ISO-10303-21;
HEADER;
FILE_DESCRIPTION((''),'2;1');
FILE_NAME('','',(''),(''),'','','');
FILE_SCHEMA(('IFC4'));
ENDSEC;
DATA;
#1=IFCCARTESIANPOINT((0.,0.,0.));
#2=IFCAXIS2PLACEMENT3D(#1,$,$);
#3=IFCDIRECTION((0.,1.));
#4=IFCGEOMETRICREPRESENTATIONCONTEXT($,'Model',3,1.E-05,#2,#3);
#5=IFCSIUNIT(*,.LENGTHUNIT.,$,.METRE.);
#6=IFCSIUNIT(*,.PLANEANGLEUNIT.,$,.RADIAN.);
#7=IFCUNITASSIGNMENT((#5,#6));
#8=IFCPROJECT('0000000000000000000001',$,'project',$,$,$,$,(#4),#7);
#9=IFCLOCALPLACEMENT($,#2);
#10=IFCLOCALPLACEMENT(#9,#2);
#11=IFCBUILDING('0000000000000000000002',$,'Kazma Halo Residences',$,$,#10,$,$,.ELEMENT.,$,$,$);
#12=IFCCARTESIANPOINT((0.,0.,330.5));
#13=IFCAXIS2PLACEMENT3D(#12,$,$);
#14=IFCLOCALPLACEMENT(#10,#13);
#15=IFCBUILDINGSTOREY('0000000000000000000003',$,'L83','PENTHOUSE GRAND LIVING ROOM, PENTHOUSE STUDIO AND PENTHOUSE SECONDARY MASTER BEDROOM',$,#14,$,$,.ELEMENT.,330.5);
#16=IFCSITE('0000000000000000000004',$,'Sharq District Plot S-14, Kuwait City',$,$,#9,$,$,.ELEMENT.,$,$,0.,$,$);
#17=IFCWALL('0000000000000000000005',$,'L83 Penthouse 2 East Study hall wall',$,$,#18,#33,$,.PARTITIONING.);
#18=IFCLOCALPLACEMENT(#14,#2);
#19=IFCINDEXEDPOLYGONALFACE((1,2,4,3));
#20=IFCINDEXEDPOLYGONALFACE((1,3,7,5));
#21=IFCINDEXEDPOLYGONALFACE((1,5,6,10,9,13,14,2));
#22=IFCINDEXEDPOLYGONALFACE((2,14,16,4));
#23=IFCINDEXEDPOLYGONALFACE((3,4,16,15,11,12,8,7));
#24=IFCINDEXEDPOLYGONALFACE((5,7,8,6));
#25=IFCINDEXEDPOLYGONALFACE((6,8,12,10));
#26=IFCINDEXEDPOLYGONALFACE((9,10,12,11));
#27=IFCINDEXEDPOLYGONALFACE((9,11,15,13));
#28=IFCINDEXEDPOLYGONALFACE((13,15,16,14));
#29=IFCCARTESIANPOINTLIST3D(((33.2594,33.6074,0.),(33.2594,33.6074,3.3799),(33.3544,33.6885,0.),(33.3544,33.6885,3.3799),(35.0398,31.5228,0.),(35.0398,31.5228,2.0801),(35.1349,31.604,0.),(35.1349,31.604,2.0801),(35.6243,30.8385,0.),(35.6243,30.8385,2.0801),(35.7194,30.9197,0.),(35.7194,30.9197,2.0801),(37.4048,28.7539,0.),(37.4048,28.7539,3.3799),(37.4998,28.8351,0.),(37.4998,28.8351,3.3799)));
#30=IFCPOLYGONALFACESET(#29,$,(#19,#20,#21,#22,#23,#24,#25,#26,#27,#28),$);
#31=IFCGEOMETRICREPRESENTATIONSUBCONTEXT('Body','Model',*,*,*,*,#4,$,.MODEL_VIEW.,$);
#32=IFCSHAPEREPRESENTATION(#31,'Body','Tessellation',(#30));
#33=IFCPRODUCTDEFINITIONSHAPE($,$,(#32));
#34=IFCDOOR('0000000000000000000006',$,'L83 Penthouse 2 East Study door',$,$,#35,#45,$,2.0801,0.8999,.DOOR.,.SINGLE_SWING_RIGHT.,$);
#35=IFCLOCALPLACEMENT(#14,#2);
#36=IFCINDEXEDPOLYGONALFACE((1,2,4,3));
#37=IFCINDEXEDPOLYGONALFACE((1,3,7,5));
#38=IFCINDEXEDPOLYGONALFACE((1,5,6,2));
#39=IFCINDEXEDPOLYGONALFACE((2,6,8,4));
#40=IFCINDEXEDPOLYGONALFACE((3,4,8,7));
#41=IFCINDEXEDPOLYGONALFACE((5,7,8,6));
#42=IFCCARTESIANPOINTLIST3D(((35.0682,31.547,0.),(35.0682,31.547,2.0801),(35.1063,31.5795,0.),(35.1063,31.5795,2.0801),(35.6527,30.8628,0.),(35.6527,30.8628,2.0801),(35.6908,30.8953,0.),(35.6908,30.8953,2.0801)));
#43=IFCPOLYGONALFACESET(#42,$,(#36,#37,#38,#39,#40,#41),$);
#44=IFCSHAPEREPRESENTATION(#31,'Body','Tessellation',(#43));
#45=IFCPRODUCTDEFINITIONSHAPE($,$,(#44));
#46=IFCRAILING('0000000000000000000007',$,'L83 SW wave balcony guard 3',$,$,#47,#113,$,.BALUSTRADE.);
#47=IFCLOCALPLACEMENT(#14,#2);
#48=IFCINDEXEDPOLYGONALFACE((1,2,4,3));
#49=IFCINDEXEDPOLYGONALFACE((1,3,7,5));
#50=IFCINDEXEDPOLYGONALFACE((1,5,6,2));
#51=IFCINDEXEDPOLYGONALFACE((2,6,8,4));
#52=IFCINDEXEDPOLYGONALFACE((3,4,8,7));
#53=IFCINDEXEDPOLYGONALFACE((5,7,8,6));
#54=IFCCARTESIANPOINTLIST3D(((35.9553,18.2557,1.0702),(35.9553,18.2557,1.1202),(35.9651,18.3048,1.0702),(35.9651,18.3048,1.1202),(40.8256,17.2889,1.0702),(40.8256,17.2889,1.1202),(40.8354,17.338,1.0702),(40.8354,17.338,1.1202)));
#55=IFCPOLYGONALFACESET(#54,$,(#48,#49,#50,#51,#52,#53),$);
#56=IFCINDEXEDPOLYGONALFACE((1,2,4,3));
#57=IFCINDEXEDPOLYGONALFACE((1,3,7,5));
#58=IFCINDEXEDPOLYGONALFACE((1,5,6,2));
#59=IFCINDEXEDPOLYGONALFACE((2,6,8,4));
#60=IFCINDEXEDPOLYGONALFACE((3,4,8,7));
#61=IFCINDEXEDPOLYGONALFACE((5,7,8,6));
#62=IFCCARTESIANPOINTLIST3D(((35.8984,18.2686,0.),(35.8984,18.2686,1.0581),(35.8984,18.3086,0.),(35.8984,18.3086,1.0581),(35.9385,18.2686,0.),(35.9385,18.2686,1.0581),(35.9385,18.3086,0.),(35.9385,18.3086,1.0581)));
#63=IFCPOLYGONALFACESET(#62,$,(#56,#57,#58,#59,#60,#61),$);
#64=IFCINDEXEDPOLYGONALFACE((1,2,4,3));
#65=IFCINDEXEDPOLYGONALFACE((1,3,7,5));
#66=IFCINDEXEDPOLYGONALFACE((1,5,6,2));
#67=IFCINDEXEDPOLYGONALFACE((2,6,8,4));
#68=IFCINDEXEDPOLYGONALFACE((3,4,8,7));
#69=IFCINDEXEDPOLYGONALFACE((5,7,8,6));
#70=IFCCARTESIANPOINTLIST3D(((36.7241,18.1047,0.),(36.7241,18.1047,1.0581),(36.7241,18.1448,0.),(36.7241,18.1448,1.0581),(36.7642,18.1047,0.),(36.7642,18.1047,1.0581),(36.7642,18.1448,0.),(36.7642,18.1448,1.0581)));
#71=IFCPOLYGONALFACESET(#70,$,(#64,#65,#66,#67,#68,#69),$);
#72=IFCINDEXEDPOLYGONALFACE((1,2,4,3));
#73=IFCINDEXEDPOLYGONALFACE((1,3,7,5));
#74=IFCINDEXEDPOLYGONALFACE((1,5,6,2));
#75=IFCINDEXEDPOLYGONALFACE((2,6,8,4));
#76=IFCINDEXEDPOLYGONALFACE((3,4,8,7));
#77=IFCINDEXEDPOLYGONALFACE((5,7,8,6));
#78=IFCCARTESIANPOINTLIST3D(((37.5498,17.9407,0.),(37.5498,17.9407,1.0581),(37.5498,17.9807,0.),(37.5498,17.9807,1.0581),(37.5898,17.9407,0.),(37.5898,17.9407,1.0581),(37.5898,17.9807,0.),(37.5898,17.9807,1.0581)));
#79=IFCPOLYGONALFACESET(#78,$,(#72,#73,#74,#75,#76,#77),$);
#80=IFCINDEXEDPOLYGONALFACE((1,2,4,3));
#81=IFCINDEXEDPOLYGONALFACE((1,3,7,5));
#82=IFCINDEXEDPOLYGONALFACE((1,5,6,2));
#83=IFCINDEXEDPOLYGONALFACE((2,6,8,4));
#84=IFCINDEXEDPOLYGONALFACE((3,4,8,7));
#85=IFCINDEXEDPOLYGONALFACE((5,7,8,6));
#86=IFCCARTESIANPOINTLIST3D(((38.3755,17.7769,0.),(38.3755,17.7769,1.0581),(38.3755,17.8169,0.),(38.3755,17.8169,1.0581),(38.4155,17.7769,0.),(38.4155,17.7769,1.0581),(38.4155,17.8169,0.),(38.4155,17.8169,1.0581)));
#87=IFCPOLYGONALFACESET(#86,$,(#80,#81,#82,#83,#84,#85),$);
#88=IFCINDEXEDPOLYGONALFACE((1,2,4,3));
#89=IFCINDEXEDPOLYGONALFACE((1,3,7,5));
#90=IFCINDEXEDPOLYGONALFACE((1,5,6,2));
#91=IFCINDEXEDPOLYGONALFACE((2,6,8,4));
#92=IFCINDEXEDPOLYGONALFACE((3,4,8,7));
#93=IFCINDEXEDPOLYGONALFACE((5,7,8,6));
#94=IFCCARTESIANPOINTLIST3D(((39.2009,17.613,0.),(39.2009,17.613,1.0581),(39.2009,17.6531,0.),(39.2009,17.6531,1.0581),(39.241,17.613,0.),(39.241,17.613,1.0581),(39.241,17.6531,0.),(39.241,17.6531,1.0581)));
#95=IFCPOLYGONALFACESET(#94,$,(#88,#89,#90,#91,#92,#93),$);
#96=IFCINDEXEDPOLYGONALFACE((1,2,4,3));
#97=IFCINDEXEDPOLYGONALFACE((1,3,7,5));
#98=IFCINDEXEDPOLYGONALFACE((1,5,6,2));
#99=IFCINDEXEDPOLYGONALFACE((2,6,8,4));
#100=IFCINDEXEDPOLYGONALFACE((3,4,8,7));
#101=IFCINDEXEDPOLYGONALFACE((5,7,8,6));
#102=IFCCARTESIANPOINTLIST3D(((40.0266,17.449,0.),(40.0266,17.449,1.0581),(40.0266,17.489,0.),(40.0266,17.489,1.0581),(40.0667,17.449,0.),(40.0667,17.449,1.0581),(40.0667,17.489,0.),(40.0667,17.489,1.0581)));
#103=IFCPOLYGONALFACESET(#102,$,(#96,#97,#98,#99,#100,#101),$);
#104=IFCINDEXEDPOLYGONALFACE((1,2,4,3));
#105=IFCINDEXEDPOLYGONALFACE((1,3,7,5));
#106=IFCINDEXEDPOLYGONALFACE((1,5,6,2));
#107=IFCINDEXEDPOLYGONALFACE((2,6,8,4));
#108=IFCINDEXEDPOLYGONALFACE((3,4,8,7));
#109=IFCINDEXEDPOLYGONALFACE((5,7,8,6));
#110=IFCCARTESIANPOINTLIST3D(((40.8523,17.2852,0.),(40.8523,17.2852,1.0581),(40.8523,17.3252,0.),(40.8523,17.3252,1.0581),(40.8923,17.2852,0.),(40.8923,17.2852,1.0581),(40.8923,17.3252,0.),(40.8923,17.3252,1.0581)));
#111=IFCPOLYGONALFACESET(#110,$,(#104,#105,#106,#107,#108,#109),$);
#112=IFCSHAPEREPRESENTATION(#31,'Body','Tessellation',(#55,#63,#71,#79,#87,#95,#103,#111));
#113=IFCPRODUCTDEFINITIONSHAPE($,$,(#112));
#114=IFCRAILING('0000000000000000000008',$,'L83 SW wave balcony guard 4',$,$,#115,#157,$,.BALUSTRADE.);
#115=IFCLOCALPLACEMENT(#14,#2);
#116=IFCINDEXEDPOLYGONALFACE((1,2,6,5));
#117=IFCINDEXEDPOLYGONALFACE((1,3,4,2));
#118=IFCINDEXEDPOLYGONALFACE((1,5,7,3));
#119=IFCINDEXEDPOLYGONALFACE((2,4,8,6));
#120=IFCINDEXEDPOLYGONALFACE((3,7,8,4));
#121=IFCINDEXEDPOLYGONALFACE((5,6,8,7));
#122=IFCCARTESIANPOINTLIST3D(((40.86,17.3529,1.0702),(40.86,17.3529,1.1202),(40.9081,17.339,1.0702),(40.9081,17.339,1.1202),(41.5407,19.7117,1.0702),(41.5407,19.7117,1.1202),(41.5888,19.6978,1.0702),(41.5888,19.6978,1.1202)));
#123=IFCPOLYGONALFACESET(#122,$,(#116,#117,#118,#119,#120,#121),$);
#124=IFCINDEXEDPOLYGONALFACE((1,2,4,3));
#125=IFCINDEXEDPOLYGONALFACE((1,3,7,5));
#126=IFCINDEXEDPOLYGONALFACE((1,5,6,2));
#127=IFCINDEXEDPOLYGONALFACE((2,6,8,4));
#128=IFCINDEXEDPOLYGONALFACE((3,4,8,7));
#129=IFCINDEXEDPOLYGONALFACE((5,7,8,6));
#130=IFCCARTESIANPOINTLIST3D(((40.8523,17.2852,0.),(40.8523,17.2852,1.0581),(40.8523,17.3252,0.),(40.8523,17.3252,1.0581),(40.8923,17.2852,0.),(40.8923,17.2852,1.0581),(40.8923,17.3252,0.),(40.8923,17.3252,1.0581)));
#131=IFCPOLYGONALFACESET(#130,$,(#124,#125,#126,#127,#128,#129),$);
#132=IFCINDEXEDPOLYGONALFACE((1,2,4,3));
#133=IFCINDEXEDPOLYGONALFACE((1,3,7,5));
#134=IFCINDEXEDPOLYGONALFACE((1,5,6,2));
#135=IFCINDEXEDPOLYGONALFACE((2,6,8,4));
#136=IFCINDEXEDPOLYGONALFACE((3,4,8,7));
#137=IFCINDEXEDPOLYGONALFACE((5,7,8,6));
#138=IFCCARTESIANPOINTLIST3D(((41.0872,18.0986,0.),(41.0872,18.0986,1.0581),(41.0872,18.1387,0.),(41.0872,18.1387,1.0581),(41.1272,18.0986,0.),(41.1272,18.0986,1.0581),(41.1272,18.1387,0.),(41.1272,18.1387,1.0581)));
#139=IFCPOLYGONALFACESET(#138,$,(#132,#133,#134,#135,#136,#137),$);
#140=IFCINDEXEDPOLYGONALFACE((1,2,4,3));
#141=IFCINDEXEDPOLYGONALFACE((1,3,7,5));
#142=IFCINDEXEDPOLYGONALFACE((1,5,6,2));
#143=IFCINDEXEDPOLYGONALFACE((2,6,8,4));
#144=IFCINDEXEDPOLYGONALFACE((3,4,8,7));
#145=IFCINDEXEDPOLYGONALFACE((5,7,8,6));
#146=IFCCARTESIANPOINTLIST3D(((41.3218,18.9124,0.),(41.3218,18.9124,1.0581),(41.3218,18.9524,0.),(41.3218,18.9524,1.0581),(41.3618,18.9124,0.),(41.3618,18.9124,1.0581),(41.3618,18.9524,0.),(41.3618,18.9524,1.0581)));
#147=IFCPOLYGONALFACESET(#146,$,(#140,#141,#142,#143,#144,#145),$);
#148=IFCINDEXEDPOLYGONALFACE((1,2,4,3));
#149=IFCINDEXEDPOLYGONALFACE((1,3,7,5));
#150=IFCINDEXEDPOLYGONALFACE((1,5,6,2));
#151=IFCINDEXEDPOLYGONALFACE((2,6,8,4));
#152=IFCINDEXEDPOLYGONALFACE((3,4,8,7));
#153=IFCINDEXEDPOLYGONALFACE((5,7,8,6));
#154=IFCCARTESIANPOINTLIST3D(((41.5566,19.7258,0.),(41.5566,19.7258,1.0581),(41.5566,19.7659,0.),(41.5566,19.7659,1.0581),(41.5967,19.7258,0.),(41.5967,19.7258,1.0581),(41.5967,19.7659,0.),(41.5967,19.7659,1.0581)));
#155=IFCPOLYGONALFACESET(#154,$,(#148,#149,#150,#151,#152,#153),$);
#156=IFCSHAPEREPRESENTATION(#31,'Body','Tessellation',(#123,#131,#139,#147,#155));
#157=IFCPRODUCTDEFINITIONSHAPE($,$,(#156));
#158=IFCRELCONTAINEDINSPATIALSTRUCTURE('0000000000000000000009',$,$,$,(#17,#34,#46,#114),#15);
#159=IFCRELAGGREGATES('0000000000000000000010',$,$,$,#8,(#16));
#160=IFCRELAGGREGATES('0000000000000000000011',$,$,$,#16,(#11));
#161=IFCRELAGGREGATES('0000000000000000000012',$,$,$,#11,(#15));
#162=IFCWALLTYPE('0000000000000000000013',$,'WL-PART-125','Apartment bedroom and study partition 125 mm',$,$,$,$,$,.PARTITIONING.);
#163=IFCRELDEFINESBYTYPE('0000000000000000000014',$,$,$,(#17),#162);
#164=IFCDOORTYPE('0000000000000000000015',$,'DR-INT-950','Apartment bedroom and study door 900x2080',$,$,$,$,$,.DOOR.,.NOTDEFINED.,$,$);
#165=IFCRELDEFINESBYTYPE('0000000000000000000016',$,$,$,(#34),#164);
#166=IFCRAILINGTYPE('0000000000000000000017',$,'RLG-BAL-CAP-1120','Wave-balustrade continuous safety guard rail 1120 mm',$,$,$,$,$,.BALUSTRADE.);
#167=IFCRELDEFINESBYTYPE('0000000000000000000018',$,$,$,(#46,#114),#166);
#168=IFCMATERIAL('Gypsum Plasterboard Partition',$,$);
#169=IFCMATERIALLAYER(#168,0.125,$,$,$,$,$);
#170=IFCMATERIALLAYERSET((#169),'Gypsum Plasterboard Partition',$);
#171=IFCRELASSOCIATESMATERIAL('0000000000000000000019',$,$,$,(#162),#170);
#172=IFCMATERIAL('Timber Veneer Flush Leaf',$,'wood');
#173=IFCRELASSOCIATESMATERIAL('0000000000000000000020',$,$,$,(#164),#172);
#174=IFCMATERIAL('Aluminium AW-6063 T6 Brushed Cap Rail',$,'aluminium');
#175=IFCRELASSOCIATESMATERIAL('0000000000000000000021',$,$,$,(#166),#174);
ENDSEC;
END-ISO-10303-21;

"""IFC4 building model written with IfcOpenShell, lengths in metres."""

from ifc_helpers import new_model, si_unit, direction, frame, frame_2d, origin, origin_2d, place, context, subcontext, project, spatial, rectangle, extrude, material, layer, layer_set, type_object, element, fill, save


model = new_model("IFC4")

# Units and contexts
model_context = context("Model", 3, precision=1e-05, world=origin(), true_north=direction((0.0, 1.0)))
body_context = subcontext(model_context, "Body", "Model", "MODEL_VIEW")
ifc_project = project(units=[si_unit("LENGTHUNIT", "METRE"), si_unit("PLANEANGLEUNIT", "RADIAN")], contexts=[model_context])

# Site, building, storey
site_placement = place(None, origin())
site = spatial("IfcSite", under=ifc_project, at=site_placement, Name="Sharq District Plot S-14, Kuwait City", CompositionType="ELEMENT", RefElevation=0.0)
building_placement = place(site_placement, origin())
building = spatial("IfcBuilding", under=site, at=building_placement, Name="Kazma Halo Residences", CompositionType="ELEMENT")
storey_placement = place(building_placement, frame((0.0, 0.0, 330.5)))
storey = spatial("IfcBuildingStorey", under=building, at=storey_placement, Name="L83", Description="PENTHOUSE GRAND LIVING ROOM, PENTHOUSE STUDIO AND PENTHOUSE SECONDARY MASTER BEDROOM", CompositionType="ELEMENT", Elevation=330.5)

# Shared definitions
ifc_material_1 = material(Name="Gypsum Plasterboard Partition")
ifc_layer_1 = layer(ifc_material_1, 0.125)
ifc_layer_set_1 = layer_set([ifc_layer_1], Name="Gypsum Plasterboard Partition")
wall_type_1 = type_object("IfcWallType", Name="WL-PART-125", Description="Apartment bedroom and study partition 125 mm", PredefinedType="PARTITIONING", material=ifc_layer_set_1)

# Wall, opening, door
wall_1_placement = place(storey_placement, frame((33.3069, 33.6479, 0.0), z_axis=(0.0, 0.0, 1.0), x_axis=(0.649467, -0.760389, 0.0)))
wall_1 = element("IfcWall", 1, at=wall_1_placement, inside=storey, type_object=wall_type_1, Name="L83 Penthouse 2 East Study hall wall", PredefinedType="PARTITIONING", context=body_context, shape_type="SweptSolid", body=[
    extrude(rectangle(XDim=6.3828, YDim=0.125, at=frame_2d((3.1914, 0.0))), origin(), (0.0, 0.0, 1.0), 3.3799),
])
opening_1_placement = place(wall_1_placement, frame((2.7415, 0.0, 0.0)))
opening_1 = element("IfcOpeningElement", 2, at=opening_1_placement, cuts=wall_1, PredefinedType="OPENING", context=body_context, shape_type="SweptSolid", body=[
    extrude(rectangle(XDim=0.8999, YDim=2.0801, at=frame_2d((0.45, 1.04))), frame((0.0, 0.0725, 0.0), z_axis=(0.0, -1.0, 0.0), x_axis=(1.0, 0.0, 0.0)), (0.0, 0.0, 1.0), 0.145),
])
ifc_material_2 = material(Name="Timber Veneer Flush Leaf", Category="wood")
door_type_1 = type_object("IfcDoorType", Name="DR-INT-950", Description="Apartment bedroom and study door 900x2080", OperationType="NOTDEFINED", PredefinedType="DOOR", material=ifc_material_2)
door_1_placement = place(opening_1_placement, origin())
door_1 = element("IfcDoor", 3, at=door_1_placement, inside=storey, type_object=door_type_1, Name="L83 Penthouse 2 East Study door", OperationType="SINGLE_SWING_RIGHT", OverallHeight=2.0801, OverallWidth=0.8999, PredefinedType="DOOR", context=body_context, shape_type="SweptSolid", body=[
    extrude(rectangle(XDim=0.8999, YDim=2.0801, at=frame_2d((0.45, 1.04))), frame((0.0, 0.0249, 0.0), z_axis=(0.0, -1.0, 0.0), x_axis=(1.0, 0.0, 0.0)), (0.0, 0.0, 1.0), 0.05),
])
fill(opening_1, door_1)

# Railings
ifc_material_3 = material(Name="Aluminium AW-6063 T6 Brushed Cap Rail", Category="aluminium")
railing_type_1 = type_object("IfcRailingType", Name="RLG-BAL-CAP-1120", Description="Wave-balustrade continuous safety guard rail 1120 mm", PredefinedType="BALUSTRADE", material=ifc_material_3)
railing_1_placement = place(storey_placement, frame((35.9185, 18.2886, 0.0)))
element("IfcRailing", 4, at=railing_1_placement, inside=storey, type_object=railing_type_1, Name="L83 SW wave balcony guard 3", PredefinedType="BALUSTRADE", context=body_context, shape_type="SweptSolid", body=[
    extrude(rectangle(XDim=0.05, YDim=0.05, at=origin_2d()), frame((0.0417, -0.0083, 1.0952), z_axis=(0.98086, -0.194712, 0.0), x_axis=(0.194712, 0.98086, 0.0)), (0.0, 0.0, 1.0), 4.9653),
    extrude(rectangle(XDim=0.04, YDim=0.04, at=origin_2d()), origin(), (0.0, 0.0, 1.0), 1.0581),
    extrude(rectangle(XDim=0.04, YDim=0.04, at=origin_2d()), frame((0.8257, -0.1638, 0.0)), (0.0, 0.0, 1.0), 1.0581),
    extrude(rectangle(XDim=0.04, YDim=0.04, at=origin_2d()), frame((1.6514, -0.3279, 0.0)), (0.0, 0.0, 1.0), 1.0581),
    extrude(rectangle(XDim=0.04, YDim=0.04, at=origin_2d()), frame((2.4771, -0.4917, 0.0)), (0.0, 0.0, 1.0), 1.0581),
    extrude(rectangle(XDim=0.04, YDim=0.04, at=origin_2d()), frame((3.3025, -0.6555, 0.0)), (0.0, 0.0, 1.0), 1.0581),
    extrude(rectangle(XDim=0.04, YDim=0.04, at=origin_2d()), frame((4.1282, -0.8196, 0.0)), (0.0, 0.0, 1.0), 1.0581),
    extrude(rectangle(XDim=0.04, YDim=0.04, at=origin_2d()), frame((4.9539, -0.9834, 0.0)), (0.0, 0.0, 1.0), 1.0581),
])
railing_2_placement = place(storey_placement, frame((40.8723, 17.3052, 0.0)))
element("IfcRailing", 5, at=railing_2_placement, inside=storey, type_object=railing_type_1, Name="L83 SW wave balcony guard 4", PredefinedType="BALUSTRADE", context=body_context, shape_type="SweptSolid", body=[
    extrude(rectangle(XDim=0.05, YDim=0.05, at=origin_2d()), frame((0.0117, 0.0408, 1.0952), z_axis=(0.277272, 0.960792, 0.0), x_axis=(-0.960792, 0.277272, 0.0)), (0.0, 0.0, 1.0), 2.4551),
    extrude(rectangle(XDim=0.04, YDim=0.04, at=origin_2d()), origin(), (0.0, 0.0, 1.0), 1.0581),
    extrude(rectangle(XDim=0.04, YDim=0.04, at=origin_2d()), frame((0.2349, 0.8135, 0.0)), (0.0, 0.0, 1.0), 1.0581),
    extrude(rectangle(XDim=0.04, YDim=0.04, at=origin_2d()), frame((0.4695, 1.6272, 0.0)), (0.0, 0.0, 1.0), 1.0581),
    extrude(rectangle(XDim=0.04, YDim=0.04, at=origin_2d()), frame((0.7043, 2.4407, 0.0)), (0.0, 0.0, 1.0), 1.0581),
])

save(model, "model.ifc")
